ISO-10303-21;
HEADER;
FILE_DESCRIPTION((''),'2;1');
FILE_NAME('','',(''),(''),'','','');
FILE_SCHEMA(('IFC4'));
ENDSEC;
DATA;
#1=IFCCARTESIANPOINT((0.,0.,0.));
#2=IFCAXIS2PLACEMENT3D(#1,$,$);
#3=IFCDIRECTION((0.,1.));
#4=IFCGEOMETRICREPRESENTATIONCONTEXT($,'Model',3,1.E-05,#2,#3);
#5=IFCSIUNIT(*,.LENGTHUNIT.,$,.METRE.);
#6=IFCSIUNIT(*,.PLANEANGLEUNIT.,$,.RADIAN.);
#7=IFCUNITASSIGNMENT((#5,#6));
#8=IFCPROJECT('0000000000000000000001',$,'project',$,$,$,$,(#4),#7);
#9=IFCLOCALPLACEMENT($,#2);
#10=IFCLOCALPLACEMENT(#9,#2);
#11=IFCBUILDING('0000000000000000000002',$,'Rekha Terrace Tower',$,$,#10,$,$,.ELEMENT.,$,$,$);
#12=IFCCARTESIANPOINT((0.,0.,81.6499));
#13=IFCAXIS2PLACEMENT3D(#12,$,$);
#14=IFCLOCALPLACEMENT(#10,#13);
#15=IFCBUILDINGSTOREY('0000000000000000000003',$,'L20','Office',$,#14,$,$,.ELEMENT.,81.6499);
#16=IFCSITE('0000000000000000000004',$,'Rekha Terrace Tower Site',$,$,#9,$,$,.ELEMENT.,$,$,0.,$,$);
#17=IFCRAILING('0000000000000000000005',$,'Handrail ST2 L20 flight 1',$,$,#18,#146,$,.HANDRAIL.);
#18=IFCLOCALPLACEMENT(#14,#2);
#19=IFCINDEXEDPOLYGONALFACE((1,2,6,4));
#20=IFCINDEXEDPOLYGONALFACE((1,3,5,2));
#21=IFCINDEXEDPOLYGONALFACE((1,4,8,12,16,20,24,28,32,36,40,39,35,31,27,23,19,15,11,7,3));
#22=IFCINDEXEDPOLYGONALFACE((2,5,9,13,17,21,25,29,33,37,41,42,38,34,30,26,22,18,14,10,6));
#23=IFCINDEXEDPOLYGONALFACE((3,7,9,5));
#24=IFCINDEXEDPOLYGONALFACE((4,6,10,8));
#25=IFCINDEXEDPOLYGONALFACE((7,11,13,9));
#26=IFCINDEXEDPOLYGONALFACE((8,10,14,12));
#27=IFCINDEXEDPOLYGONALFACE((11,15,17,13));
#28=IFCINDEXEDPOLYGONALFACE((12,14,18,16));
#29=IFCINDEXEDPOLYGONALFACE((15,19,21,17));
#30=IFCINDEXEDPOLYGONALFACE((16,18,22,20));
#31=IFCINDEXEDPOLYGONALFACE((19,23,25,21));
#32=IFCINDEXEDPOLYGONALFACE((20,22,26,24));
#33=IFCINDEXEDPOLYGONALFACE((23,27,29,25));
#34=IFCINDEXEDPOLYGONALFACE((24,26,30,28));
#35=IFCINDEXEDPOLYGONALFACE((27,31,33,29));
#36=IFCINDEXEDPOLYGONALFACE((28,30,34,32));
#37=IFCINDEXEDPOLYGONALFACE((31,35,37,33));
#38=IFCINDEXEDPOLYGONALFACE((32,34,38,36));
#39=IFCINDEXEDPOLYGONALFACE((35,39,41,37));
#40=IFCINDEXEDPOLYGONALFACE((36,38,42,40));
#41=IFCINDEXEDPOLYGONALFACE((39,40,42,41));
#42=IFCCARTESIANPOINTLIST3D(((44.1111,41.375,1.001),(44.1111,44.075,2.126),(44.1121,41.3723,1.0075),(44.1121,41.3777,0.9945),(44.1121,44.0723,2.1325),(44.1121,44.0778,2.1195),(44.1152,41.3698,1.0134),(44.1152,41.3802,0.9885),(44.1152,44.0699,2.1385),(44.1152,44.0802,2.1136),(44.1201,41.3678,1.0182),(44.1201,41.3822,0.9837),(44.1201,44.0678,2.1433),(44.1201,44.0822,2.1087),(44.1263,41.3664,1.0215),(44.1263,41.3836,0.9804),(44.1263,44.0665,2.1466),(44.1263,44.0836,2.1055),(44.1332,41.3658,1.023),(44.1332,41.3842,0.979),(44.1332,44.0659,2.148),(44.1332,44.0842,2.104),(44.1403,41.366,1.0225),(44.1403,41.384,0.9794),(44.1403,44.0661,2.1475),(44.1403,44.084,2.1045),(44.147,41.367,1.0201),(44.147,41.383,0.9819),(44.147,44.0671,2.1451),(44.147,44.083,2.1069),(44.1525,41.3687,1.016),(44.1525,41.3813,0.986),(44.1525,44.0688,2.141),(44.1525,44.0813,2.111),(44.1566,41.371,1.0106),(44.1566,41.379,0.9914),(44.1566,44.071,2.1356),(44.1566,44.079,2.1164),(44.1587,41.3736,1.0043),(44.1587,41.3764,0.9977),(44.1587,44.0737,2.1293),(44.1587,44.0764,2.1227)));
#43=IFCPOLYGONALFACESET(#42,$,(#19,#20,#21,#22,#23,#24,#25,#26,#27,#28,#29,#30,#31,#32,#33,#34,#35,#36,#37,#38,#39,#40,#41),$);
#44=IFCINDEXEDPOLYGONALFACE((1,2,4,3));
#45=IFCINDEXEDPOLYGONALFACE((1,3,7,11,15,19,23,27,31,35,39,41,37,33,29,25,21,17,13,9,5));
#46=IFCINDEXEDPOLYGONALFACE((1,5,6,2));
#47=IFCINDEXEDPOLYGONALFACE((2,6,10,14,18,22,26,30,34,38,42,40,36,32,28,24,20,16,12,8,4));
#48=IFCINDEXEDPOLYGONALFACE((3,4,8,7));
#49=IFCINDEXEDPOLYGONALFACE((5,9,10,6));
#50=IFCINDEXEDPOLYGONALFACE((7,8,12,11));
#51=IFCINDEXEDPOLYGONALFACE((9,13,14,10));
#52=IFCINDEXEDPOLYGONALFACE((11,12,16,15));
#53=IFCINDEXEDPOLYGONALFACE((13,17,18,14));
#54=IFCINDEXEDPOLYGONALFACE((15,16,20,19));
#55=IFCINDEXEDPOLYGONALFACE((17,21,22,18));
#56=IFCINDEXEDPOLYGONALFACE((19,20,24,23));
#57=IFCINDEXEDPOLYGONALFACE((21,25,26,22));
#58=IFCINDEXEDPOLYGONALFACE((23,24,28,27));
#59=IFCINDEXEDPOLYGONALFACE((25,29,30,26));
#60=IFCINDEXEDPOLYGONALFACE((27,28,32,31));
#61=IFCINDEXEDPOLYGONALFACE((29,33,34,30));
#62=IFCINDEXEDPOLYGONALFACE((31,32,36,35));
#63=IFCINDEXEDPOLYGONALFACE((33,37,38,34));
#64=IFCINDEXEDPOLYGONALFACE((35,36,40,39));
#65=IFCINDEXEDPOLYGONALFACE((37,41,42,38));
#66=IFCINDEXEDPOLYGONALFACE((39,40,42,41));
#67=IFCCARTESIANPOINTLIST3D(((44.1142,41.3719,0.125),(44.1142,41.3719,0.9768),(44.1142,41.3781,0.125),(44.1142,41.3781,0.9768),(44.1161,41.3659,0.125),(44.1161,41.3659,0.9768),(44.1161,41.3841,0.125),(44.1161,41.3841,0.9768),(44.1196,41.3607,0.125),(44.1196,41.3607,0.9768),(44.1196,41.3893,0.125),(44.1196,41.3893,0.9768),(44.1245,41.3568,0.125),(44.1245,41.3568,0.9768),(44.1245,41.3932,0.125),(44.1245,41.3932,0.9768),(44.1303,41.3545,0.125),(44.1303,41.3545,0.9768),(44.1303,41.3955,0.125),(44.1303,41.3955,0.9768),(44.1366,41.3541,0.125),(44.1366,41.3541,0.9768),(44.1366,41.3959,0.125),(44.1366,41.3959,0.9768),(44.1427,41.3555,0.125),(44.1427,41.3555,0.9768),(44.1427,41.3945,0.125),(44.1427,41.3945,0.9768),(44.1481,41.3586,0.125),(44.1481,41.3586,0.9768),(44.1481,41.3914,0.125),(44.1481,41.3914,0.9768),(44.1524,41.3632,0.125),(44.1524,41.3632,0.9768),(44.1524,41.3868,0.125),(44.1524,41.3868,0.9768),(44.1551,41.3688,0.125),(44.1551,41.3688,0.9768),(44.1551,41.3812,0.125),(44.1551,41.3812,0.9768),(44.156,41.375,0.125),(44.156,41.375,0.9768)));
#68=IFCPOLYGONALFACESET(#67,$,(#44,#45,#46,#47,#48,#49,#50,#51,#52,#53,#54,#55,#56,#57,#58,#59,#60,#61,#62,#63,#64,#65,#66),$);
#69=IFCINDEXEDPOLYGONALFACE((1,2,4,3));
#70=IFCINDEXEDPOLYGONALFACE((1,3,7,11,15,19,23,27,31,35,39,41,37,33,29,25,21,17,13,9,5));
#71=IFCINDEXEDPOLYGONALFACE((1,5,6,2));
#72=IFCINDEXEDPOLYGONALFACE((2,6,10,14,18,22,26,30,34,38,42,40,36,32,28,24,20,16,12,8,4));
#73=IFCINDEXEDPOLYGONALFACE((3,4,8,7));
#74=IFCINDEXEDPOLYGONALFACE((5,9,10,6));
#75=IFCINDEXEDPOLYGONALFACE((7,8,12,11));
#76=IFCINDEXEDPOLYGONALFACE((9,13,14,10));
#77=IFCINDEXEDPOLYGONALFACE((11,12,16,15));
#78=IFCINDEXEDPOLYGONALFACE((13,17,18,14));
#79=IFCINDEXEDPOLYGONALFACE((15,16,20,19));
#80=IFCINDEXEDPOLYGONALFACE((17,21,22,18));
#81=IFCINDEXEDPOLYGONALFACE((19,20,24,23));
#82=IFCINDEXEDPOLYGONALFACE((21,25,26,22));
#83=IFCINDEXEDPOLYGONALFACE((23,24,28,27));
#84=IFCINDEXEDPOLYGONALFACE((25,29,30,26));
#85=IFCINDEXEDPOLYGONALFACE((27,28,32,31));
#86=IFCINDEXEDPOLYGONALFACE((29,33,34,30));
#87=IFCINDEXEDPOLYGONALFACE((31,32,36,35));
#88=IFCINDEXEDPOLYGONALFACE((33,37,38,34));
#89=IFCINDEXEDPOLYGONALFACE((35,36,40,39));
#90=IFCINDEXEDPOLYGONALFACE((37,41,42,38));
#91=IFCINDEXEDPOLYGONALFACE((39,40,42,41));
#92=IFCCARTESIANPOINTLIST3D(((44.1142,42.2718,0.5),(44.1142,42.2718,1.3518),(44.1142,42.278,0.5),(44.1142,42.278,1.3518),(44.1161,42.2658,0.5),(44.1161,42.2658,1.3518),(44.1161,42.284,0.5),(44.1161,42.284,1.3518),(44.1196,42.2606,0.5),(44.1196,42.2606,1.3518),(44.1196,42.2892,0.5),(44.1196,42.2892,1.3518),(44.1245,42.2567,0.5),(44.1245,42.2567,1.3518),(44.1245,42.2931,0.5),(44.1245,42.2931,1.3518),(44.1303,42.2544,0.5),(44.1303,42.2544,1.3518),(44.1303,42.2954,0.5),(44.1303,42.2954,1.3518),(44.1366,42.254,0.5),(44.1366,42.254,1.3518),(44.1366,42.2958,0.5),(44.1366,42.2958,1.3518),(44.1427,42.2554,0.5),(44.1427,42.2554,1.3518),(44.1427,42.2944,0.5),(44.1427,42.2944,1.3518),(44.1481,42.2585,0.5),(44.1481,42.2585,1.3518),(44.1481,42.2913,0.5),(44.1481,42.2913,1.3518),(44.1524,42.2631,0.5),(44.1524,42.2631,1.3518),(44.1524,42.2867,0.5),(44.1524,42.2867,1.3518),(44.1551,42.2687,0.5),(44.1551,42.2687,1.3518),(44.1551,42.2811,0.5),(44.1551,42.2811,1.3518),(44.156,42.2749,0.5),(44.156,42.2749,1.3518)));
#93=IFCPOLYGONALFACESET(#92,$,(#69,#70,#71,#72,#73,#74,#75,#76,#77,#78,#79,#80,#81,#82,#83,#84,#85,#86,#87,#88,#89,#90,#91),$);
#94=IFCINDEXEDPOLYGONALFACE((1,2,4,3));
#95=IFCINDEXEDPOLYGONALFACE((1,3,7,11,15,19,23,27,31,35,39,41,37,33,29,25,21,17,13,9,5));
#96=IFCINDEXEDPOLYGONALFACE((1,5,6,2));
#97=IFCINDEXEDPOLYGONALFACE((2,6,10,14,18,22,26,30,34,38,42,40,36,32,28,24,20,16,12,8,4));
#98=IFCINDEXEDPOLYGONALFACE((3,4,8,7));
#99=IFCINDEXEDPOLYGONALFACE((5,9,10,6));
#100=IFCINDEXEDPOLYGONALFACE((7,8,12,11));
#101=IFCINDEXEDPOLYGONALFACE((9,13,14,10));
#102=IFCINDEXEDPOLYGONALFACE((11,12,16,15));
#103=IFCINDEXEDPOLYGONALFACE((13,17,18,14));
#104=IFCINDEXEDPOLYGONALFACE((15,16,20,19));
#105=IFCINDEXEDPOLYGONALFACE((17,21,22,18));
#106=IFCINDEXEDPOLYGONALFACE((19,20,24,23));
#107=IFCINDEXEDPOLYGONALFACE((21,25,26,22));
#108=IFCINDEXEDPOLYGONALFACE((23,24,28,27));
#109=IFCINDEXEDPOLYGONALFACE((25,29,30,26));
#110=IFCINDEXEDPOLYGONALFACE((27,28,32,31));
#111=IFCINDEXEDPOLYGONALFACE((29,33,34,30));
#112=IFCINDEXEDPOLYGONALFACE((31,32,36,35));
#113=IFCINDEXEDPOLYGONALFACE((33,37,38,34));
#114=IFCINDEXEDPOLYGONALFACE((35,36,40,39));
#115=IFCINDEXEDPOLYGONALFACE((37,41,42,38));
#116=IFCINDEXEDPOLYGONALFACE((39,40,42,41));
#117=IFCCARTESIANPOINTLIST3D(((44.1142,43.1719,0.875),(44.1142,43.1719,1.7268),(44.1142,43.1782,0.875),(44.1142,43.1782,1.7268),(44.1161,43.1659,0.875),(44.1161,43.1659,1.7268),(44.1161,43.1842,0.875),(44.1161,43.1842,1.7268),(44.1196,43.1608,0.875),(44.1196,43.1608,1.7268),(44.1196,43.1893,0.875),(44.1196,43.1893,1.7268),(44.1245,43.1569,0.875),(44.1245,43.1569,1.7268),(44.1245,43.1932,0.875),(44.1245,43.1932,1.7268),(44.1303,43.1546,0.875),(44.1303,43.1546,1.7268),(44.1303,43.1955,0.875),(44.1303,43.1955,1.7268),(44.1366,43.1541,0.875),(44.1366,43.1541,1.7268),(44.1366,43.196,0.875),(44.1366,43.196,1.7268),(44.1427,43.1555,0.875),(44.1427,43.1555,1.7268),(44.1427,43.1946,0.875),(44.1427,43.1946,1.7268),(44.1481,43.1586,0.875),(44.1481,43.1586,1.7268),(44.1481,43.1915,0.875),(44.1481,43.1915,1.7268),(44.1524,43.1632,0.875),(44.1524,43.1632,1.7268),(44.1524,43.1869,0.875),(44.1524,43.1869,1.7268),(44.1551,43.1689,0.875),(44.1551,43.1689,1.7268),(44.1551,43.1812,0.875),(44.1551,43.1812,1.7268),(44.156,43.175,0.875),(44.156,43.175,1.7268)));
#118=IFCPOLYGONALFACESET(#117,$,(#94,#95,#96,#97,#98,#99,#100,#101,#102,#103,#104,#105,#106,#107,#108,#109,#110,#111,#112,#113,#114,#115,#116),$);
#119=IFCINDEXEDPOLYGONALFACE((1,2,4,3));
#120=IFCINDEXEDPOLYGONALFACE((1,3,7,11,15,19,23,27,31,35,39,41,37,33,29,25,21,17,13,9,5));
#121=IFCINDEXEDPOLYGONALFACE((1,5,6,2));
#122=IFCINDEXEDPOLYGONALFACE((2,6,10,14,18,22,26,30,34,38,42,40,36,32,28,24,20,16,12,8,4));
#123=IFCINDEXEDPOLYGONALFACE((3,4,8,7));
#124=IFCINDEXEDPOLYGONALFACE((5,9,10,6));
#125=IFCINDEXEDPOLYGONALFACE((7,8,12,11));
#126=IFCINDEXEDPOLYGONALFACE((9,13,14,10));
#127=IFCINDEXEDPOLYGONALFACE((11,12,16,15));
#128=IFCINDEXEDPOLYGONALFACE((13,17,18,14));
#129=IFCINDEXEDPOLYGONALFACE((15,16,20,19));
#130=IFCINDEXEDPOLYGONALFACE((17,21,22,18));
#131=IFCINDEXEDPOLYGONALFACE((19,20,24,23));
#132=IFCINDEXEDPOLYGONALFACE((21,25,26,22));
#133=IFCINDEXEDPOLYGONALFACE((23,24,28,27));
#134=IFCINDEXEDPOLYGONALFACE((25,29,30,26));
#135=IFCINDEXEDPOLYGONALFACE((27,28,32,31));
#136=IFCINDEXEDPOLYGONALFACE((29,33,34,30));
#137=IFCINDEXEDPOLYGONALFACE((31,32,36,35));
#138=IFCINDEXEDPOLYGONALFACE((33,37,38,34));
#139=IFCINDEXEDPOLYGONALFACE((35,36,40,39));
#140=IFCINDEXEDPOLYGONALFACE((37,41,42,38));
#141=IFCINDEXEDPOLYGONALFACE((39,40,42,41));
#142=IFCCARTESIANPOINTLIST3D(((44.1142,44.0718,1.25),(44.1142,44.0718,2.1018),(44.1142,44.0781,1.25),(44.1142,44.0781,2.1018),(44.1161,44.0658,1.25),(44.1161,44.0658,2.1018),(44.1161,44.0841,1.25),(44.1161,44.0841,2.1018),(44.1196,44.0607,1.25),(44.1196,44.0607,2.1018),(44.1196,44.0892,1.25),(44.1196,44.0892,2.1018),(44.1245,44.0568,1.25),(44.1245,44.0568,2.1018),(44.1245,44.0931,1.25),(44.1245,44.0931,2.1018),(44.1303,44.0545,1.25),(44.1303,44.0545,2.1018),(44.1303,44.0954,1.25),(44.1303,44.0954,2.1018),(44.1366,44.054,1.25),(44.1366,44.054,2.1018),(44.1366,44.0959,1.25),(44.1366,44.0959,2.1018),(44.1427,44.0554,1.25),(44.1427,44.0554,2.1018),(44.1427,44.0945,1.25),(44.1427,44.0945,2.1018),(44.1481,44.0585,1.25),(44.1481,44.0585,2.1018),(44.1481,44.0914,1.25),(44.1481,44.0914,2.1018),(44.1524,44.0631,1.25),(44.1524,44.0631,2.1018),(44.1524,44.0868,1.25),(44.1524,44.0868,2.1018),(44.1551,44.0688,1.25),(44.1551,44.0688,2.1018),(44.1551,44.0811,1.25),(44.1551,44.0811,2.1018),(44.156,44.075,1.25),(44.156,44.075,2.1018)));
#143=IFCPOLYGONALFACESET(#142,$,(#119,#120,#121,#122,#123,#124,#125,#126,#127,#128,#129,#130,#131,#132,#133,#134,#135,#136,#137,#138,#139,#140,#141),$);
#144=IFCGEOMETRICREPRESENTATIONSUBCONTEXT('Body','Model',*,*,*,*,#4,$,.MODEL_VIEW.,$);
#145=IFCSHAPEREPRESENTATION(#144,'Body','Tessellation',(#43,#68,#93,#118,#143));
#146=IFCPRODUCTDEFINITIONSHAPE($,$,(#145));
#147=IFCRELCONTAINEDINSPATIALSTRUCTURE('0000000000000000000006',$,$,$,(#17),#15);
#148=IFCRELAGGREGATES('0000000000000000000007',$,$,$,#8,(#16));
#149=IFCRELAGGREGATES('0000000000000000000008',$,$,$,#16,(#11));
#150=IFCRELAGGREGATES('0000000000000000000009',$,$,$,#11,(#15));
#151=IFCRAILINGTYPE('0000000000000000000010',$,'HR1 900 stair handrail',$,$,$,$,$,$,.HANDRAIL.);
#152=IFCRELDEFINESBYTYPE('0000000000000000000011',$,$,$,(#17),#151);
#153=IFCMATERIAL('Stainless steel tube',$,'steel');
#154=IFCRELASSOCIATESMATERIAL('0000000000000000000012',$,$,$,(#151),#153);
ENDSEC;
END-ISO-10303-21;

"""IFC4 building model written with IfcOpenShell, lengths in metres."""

from ifc_helpers import new_model, si_unit, direction, frame, origin, origin_2d, place, context, subcontext, project, spatial, circle, extrude, material, type_object, element, save


model = new_model("IFC4")

# Units and contexts
model_context = context("Model", 3, precision=1e-05, world=origin(), true_north=direction((0.0, 1.0)))
body_context = subcontext(model_context, "Body", "Model", "MODEL_VIEW")
ifc_project = project(units=[si_unit("LENGTHUNIT", "METRE"), si_unit("PLANEANGLEUNIT", "RADIAN")], contexts=[model_context])

# Site, building, storey
site_placement = place(None, origin())
site = spatial("IfcSite", under=ifc_project, at=site_placement, Name="Rekha Terrace Tower Site", CompositionType="ELEMENT", RefElevation=0.0)
building_placement = place(site_placement, origin())
building = spatial("IfcBuilding", under=site, at=building_placement, Name="Rekha Terrace Tower", CompositionType="ELEMENT")
storey_placement = place(building_placement, frame((0.0, 0.0, 81.6499)))
storey = spatial("IfcBuildingStorey", under=building, at=storey_placement, Name="L20", Description="Office", CompositionType="ELEMENT", Elevation=81.6499)

# Railing
ifc_material_1 = material(Name="Stainless steel tube", Category="steel")
railing_type_1 = type_object("IfcRailingType", Name="HR1 900 stair handrail", PredefinedType="HANDRAIL", material=ifc_material_1)
railing_1_placement = place(storey_placement, frame((44.135, 41.375, 0.125)))
element("IfcRailing", 1, at=railing_1_placement, inside=storey, type_object=railing_type_1, Name="Handrail ST2 L20 flight 1", PredefinedType="HANDRAIL", context=body_context, shape_type="SweptSolid", body=[
    extrude(circle(Radius=0.0239, at=origin_2d()), frame((0.0, 0.0, 0.876), z_axis=(0.0, 0.923074, 0.384621), x_axis=(-1.0, 0.0, 0.0)), (0.0, 0.0, 1.0), 2.925),
    extrude(circle(Radius=0.021, at=origin_2d()), origin(), (0.0, 0.0, 1.0), 0.8518),
    extrude(circle(Radius=0.021, at=origin_2d()), frame((0.0, 0.8999, 0.375)), (0.0, 0.0, 1.0), 0.8518),
    extrude(circle(Radius=0.021, at=origin_2d()), frame((0.0, 1.8, 0.75)), (0.0, 0.0, 1.0), 0.8518),
    extrude(circle(Radius=0.021, at=origin_2d()), frame((0.0, 2.7, 1.125)), (0.0, 0.0, 1.0), 0.8518),
])

save(model, "model.ifc")
